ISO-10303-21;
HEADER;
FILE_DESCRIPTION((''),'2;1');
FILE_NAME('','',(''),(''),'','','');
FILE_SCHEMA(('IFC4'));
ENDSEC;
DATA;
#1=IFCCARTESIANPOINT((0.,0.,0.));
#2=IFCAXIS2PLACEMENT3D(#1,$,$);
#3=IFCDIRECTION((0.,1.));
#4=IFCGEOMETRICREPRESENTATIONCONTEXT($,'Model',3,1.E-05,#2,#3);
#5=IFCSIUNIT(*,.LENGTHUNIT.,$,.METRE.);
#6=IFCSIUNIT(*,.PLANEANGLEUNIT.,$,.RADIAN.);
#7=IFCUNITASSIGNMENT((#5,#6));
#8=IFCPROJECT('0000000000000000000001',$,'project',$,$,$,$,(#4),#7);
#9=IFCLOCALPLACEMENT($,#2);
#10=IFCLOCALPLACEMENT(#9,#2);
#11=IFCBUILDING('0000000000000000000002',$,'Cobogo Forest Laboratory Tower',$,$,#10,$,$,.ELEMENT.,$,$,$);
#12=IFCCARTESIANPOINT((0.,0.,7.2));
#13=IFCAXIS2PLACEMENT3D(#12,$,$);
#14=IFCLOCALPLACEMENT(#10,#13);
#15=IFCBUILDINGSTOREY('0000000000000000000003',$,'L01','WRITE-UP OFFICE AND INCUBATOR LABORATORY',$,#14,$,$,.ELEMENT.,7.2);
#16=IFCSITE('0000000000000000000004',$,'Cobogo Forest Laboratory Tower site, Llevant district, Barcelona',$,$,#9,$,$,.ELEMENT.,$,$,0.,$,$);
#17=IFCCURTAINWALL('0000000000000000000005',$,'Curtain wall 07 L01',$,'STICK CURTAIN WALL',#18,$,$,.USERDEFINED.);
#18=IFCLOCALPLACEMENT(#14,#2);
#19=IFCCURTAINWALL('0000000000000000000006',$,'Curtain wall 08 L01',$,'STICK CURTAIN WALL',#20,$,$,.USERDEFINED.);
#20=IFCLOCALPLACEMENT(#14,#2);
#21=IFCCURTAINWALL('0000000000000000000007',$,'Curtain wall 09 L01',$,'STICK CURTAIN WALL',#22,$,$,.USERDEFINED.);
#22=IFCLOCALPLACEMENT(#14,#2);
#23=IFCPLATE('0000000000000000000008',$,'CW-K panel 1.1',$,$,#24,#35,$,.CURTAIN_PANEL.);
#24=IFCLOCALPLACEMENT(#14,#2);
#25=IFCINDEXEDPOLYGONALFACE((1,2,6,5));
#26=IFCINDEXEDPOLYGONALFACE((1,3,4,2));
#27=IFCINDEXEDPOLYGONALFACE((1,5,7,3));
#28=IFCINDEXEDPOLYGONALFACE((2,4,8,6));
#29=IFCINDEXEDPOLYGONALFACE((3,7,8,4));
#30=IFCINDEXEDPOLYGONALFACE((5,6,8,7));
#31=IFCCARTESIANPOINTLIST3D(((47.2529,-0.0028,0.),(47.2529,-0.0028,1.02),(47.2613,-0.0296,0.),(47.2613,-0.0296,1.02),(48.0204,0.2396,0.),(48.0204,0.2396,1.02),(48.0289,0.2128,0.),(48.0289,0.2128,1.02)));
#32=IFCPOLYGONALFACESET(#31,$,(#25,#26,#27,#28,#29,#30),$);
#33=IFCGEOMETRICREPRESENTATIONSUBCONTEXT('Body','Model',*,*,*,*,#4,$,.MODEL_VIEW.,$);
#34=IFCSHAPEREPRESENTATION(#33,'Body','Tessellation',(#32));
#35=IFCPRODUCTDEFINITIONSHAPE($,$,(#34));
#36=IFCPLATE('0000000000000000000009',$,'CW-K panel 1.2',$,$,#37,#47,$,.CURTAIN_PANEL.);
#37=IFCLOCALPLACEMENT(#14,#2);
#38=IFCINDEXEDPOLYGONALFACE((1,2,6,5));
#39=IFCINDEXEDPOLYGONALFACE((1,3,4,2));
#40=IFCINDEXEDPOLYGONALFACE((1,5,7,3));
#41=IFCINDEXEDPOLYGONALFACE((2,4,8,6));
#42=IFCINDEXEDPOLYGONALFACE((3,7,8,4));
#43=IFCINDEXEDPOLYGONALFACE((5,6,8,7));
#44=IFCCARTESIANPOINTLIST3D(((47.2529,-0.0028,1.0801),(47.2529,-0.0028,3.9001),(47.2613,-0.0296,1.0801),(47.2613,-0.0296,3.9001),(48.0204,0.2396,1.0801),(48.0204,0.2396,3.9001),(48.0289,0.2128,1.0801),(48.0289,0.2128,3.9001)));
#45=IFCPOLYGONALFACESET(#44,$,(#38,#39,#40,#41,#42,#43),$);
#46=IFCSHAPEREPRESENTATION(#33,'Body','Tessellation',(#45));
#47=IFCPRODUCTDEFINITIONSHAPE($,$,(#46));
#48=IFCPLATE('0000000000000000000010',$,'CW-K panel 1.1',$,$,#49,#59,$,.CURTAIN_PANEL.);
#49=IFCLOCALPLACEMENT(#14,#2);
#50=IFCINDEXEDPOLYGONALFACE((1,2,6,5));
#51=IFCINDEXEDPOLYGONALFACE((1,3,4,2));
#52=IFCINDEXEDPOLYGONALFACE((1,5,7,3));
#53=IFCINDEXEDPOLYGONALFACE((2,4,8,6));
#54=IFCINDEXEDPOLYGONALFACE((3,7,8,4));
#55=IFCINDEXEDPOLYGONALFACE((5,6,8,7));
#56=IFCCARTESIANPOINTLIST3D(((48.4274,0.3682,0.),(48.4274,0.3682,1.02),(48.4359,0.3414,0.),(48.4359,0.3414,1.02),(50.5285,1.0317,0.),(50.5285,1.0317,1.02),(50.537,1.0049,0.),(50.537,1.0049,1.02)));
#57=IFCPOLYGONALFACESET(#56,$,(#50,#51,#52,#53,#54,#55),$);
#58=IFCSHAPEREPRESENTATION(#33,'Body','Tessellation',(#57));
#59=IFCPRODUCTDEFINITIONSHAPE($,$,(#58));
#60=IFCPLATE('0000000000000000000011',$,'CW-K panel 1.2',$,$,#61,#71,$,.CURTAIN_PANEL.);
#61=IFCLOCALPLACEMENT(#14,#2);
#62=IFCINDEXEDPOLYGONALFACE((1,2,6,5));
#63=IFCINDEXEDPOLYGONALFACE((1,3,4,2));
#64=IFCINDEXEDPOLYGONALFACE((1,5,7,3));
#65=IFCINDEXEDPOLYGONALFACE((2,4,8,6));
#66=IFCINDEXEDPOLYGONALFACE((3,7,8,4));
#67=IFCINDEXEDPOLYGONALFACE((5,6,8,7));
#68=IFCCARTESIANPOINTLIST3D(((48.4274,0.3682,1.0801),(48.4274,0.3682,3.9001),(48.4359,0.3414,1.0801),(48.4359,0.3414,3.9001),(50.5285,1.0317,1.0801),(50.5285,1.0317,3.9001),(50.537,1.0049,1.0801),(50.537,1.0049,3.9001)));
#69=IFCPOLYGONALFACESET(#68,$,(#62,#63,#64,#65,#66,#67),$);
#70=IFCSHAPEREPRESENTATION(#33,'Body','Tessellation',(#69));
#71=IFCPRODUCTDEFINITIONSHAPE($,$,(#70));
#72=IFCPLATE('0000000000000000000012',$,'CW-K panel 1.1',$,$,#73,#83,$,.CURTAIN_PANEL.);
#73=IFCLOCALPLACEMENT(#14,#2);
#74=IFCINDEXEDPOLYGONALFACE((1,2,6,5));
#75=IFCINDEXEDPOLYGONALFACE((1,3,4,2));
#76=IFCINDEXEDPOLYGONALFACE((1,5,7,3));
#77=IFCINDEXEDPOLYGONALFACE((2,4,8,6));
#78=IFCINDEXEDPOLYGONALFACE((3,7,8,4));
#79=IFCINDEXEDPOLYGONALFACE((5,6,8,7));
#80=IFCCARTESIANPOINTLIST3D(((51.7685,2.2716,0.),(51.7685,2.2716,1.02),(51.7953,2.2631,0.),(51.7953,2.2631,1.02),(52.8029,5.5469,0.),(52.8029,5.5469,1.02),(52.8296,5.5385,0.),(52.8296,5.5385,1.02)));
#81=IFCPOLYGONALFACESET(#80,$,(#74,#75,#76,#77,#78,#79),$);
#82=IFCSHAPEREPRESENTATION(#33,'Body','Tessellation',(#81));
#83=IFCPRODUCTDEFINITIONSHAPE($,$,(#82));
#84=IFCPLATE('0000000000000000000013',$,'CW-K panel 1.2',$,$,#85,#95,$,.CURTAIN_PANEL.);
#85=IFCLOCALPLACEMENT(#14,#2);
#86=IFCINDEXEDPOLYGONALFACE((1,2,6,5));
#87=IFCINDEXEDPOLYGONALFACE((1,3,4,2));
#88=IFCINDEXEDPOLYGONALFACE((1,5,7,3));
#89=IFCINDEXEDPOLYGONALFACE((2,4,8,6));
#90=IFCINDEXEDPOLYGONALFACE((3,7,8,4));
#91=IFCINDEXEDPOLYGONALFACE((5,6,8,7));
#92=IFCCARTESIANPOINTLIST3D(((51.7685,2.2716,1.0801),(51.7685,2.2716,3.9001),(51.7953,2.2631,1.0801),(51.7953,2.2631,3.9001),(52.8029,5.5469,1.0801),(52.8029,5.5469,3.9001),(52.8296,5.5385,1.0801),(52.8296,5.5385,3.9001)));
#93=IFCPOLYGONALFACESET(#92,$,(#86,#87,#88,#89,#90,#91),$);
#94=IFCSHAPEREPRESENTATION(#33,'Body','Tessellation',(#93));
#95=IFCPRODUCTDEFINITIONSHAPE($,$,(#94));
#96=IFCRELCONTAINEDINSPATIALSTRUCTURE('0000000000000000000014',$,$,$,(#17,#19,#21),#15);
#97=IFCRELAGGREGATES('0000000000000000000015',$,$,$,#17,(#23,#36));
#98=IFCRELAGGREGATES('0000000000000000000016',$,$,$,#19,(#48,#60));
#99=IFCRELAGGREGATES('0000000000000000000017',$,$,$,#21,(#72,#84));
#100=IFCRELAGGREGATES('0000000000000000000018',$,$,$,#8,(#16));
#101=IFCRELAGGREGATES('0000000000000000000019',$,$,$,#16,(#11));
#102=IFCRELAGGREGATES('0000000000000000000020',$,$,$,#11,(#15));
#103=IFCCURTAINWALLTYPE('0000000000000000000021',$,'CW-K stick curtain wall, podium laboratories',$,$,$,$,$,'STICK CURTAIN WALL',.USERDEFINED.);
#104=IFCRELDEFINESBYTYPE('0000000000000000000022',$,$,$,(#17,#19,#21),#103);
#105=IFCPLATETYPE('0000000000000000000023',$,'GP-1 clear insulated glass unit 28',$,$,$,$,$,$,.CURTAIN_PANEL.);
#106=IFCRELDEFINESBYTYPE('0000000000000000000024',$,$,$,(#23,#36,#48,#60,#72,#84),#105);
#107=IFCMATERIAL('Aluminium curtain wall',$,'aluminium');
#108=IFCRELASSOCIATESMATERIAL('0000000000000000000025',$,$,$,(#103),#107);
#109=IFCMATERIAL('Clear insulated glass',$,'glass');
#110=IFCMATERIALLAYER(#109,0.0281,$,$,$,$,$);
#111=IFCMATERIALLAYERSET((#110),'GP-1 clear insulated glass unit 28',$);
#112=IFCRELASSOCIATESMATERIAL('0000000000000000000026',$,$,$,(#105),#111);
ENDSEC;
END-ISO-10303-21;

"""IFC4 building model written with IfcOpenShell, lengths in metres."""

from ifc_helpers import new_model, si_unit, direction, frame, origin, origin_2d, place, context, subcontext, project, spatial, rectangle, extrude, material, layer, layer_set, type_object, element, aggregate, save


model = new_model("IFC4")

# Units and contexts
model_context = context("Model", 3, precision=1e-05, world=origin(), true_north=direction((0.0, 1.0)))
body_context = subcontext(model_context, "Body", "Model", "MODEL_VIEW")
ifc_project = project(units=[si_unit("LENGTHUNIT", "METRE"), si_unit("PLANEANGLEUNIT", "RADIAN")], contexts=[model_context])

# Site, building, storey
site_placement = place(None, origin())
site = spatial("IfcSite", under=ifc_project, at=site_placement, Name="Cobogo Forest Laboratory Tower site, Llevant district, Barcelona", CompositionType="ELEMENT", RefElevation=0.0)
building_placement = place(site_placement, origin())
building = spatial("IfcBuilding", under=site, at=building_placement, Name="Cobogo Forest Laboratory Tower", CompositionType="ELEMENT")
storey_placement = place(building_placement, frame((0.0, 0.0, 7.2)))
storey = spatial("IfcBuildingStorey", under=building, at=storey_placement, Name="L01", Description="WRITE-UP OFFICE AND INCUBATOR LABORATORY", CompositionType="ELEMENT", Elevation=7.2)

# Shared definitions
ifc_material_1 = material(Name="Aluminium curtain wall", Category="aluminium")
curtain_wall_type = type_object("IfcCurtainWallType", Name="CW-K stick curtain wall, podium laboratories", ElementType="STICK CURTAIN WALL", PredefinedType="USERDEFINED", material=ifc_material_1)

# Curtain walls
curtain_wall_1_placement = place(storey_placement, origin())
curtain_wall_1 = element("IfcCurtainWall", 1, at=curtain_wall_1_placement, inside=storey, type_object=curtain_wall_type, Name="Curtain wall 07 L01", ObjectType="STICK CURTAIN WALL", PredefinedType="USERDEFINED")
curtain_wall_2_placement = place(storey_placement, origin())
curtain_wall_2 = element("IfcCurtainWall", 2, at=curtain_wall_2_placement, inside=storey, type_object=curtain_wall_type, Name="Curtain wall 08 L01", ObjectType="STICK CURTAIN WALL", PredefinedType="USERDEFINED")
curtain_wall_3_placement = place(storey_placement, origin())
curtain_wall_3 = element("IfcCurtainWall", 3, at=curtain_wall_3_placement, inside=storey, type_object=curtain_wall_type, Name="Curtain wall 09 L01", ObjectType="STICK CURTAIN WALL", PredefinedType="USERDEFINED")

# Plates
ifc_material_2 = material(Name="Clear insulated glass", Category="glass")
ifc_layer = layer(ifc_material_2, 0.0281)
ifc_layer_set = layer_set([ifc_layer], Name="GP-1 clear insulated glass unit 28")
plate_type = type_object("IfcPlateType", Name="GP-1 clear insulated glass unit 28", PredefinedType="CURTAIN_PANEL", material=ifc_layer_set)
plate_1_placement = place(storey_placement, frame((47.6409, 0.105, 0.0), z_axis=(0.0, 0.0, 1.0), x_axis=(0.953581, 0.301135, 0.0)))
plate_1 = element("IfcPlate", 4, at=plate_1_placement, type_object=plate_type, Name="CW-K panel 1.1", PredefinedType="CURTAIN_PANEL", context=body_context, shape_type="SweptSolid", body=[
    extrude(rectangle(XDim=0.8049, YDim=0.0281, at=origin_2d()), origin(), (0.0, 0.0, 1.0), 1.02),
])
plate_2_placement = place(storey_placement, frame((47.6409, 0.105, 1.0801), z_axis=(0.0, 0.0, 1.0), x_axis=(0.953581, 0.301135, 0.0)))
plate_2 = element("IfcPlate", 5, at=plate_2_placement, type_object=plate_type, Name="CW-K panel 1.2", PredefinedType="CURTAIN_PANEL", context=body_context, shape_type="SweptSolid", body=[
    extrude(rectangle(XDim=0.8049, YDim=0.0281, at=origin_2d()), origin(), (0.0, 0.0, 1.0), 2.8201),
])
aggregate(curtain_wall_1, [plate_1, plate_2])
plate_3_placement = place(storey_placement, frame((49.4822, 0.6865, 0.0), z_axis=(0.0, 0.0, 1.0), x_axis=(0.953581, 0.301135, 0.0)))
plate_3 = element("IfcPlate", 6, at=plate_3_placement, type_object=plate_type, Name="CW-K panel 1.1", PredefinedType="CURTAIN_PANEL", context=body_context, shape_type="SweptSolid", body=[
    extrude(rectangle(XDim=2.2034, YDim=0.0281, at=origin_2d()), origin(), (0.0, 0.0, 1.0), 1.02),
])
plate_4_placement = place(storey_placement, frame((49.4822, 0.6865, 1.0801), z_axis=(0.0, 0.0, 1.0), x_axis=(0.953581, 0.301135, 0.0)))
plate_4 = element("IfcPlate", 7, at=plate_4_placement, type_object=plate_type, Name="CW-K panel 1.2", PredefinedType="CURTAIN_PANEL", context=body_context, shape_type="SweptSolid", body=[
    extrude(rectangle(XDim=2.2034, YDim=0.0281, at=origin_2d()), origin(), (0.0, 0.0, 1.0), 2.8201),
])
aggregate(curtain_wall_2, [plate_3, plate_4])
plate_5_placement = place(storey_placement, frame((52.2991, 3.905, 0.0), z_axis=(0.0, 0.0, 1.0), x_axis=(0.301135, 0.953581, 0.0)))
plate_5 = element("IfcPlate", 8, at=plate_5_placement, type_object=plate_type, Name="CW-K panel 1.1", PredefinedType="CURTAIN_PANEL", context=body_context, shape_type="SweptSolid", body=[
    extrude(rectangle(XDim=3.4348, YDim=0.0281, at=origin_2d()), origin(), (0.0, 0.0, 1.0), 1.02),
])
plate_6_placement = place(storey_placement, frame((52.2991, 3.905, 1.0801), z_axis=(0.0, 0.0, 1.0), x_axis=(0.301135, 0.953581, 0.0)))
plate_6 = element("IfcPlate", 9, at=plate_6_placement, type_object=plate_type, Name="CW-K panel 1.2", PredefinedType="CURTAIN_PANEL", context=body_context, shape_type="SweptSolid", body=[
    extrude(rectangle(XDim=3.4348, YDim=0.0281, at=origin_2d()), origin(), (0.0, 0.0, 1.0), 2.8201),
])
aggregate(curtain_wall_3, [plate_5, plate_6])

save(model, "model.ifc")
